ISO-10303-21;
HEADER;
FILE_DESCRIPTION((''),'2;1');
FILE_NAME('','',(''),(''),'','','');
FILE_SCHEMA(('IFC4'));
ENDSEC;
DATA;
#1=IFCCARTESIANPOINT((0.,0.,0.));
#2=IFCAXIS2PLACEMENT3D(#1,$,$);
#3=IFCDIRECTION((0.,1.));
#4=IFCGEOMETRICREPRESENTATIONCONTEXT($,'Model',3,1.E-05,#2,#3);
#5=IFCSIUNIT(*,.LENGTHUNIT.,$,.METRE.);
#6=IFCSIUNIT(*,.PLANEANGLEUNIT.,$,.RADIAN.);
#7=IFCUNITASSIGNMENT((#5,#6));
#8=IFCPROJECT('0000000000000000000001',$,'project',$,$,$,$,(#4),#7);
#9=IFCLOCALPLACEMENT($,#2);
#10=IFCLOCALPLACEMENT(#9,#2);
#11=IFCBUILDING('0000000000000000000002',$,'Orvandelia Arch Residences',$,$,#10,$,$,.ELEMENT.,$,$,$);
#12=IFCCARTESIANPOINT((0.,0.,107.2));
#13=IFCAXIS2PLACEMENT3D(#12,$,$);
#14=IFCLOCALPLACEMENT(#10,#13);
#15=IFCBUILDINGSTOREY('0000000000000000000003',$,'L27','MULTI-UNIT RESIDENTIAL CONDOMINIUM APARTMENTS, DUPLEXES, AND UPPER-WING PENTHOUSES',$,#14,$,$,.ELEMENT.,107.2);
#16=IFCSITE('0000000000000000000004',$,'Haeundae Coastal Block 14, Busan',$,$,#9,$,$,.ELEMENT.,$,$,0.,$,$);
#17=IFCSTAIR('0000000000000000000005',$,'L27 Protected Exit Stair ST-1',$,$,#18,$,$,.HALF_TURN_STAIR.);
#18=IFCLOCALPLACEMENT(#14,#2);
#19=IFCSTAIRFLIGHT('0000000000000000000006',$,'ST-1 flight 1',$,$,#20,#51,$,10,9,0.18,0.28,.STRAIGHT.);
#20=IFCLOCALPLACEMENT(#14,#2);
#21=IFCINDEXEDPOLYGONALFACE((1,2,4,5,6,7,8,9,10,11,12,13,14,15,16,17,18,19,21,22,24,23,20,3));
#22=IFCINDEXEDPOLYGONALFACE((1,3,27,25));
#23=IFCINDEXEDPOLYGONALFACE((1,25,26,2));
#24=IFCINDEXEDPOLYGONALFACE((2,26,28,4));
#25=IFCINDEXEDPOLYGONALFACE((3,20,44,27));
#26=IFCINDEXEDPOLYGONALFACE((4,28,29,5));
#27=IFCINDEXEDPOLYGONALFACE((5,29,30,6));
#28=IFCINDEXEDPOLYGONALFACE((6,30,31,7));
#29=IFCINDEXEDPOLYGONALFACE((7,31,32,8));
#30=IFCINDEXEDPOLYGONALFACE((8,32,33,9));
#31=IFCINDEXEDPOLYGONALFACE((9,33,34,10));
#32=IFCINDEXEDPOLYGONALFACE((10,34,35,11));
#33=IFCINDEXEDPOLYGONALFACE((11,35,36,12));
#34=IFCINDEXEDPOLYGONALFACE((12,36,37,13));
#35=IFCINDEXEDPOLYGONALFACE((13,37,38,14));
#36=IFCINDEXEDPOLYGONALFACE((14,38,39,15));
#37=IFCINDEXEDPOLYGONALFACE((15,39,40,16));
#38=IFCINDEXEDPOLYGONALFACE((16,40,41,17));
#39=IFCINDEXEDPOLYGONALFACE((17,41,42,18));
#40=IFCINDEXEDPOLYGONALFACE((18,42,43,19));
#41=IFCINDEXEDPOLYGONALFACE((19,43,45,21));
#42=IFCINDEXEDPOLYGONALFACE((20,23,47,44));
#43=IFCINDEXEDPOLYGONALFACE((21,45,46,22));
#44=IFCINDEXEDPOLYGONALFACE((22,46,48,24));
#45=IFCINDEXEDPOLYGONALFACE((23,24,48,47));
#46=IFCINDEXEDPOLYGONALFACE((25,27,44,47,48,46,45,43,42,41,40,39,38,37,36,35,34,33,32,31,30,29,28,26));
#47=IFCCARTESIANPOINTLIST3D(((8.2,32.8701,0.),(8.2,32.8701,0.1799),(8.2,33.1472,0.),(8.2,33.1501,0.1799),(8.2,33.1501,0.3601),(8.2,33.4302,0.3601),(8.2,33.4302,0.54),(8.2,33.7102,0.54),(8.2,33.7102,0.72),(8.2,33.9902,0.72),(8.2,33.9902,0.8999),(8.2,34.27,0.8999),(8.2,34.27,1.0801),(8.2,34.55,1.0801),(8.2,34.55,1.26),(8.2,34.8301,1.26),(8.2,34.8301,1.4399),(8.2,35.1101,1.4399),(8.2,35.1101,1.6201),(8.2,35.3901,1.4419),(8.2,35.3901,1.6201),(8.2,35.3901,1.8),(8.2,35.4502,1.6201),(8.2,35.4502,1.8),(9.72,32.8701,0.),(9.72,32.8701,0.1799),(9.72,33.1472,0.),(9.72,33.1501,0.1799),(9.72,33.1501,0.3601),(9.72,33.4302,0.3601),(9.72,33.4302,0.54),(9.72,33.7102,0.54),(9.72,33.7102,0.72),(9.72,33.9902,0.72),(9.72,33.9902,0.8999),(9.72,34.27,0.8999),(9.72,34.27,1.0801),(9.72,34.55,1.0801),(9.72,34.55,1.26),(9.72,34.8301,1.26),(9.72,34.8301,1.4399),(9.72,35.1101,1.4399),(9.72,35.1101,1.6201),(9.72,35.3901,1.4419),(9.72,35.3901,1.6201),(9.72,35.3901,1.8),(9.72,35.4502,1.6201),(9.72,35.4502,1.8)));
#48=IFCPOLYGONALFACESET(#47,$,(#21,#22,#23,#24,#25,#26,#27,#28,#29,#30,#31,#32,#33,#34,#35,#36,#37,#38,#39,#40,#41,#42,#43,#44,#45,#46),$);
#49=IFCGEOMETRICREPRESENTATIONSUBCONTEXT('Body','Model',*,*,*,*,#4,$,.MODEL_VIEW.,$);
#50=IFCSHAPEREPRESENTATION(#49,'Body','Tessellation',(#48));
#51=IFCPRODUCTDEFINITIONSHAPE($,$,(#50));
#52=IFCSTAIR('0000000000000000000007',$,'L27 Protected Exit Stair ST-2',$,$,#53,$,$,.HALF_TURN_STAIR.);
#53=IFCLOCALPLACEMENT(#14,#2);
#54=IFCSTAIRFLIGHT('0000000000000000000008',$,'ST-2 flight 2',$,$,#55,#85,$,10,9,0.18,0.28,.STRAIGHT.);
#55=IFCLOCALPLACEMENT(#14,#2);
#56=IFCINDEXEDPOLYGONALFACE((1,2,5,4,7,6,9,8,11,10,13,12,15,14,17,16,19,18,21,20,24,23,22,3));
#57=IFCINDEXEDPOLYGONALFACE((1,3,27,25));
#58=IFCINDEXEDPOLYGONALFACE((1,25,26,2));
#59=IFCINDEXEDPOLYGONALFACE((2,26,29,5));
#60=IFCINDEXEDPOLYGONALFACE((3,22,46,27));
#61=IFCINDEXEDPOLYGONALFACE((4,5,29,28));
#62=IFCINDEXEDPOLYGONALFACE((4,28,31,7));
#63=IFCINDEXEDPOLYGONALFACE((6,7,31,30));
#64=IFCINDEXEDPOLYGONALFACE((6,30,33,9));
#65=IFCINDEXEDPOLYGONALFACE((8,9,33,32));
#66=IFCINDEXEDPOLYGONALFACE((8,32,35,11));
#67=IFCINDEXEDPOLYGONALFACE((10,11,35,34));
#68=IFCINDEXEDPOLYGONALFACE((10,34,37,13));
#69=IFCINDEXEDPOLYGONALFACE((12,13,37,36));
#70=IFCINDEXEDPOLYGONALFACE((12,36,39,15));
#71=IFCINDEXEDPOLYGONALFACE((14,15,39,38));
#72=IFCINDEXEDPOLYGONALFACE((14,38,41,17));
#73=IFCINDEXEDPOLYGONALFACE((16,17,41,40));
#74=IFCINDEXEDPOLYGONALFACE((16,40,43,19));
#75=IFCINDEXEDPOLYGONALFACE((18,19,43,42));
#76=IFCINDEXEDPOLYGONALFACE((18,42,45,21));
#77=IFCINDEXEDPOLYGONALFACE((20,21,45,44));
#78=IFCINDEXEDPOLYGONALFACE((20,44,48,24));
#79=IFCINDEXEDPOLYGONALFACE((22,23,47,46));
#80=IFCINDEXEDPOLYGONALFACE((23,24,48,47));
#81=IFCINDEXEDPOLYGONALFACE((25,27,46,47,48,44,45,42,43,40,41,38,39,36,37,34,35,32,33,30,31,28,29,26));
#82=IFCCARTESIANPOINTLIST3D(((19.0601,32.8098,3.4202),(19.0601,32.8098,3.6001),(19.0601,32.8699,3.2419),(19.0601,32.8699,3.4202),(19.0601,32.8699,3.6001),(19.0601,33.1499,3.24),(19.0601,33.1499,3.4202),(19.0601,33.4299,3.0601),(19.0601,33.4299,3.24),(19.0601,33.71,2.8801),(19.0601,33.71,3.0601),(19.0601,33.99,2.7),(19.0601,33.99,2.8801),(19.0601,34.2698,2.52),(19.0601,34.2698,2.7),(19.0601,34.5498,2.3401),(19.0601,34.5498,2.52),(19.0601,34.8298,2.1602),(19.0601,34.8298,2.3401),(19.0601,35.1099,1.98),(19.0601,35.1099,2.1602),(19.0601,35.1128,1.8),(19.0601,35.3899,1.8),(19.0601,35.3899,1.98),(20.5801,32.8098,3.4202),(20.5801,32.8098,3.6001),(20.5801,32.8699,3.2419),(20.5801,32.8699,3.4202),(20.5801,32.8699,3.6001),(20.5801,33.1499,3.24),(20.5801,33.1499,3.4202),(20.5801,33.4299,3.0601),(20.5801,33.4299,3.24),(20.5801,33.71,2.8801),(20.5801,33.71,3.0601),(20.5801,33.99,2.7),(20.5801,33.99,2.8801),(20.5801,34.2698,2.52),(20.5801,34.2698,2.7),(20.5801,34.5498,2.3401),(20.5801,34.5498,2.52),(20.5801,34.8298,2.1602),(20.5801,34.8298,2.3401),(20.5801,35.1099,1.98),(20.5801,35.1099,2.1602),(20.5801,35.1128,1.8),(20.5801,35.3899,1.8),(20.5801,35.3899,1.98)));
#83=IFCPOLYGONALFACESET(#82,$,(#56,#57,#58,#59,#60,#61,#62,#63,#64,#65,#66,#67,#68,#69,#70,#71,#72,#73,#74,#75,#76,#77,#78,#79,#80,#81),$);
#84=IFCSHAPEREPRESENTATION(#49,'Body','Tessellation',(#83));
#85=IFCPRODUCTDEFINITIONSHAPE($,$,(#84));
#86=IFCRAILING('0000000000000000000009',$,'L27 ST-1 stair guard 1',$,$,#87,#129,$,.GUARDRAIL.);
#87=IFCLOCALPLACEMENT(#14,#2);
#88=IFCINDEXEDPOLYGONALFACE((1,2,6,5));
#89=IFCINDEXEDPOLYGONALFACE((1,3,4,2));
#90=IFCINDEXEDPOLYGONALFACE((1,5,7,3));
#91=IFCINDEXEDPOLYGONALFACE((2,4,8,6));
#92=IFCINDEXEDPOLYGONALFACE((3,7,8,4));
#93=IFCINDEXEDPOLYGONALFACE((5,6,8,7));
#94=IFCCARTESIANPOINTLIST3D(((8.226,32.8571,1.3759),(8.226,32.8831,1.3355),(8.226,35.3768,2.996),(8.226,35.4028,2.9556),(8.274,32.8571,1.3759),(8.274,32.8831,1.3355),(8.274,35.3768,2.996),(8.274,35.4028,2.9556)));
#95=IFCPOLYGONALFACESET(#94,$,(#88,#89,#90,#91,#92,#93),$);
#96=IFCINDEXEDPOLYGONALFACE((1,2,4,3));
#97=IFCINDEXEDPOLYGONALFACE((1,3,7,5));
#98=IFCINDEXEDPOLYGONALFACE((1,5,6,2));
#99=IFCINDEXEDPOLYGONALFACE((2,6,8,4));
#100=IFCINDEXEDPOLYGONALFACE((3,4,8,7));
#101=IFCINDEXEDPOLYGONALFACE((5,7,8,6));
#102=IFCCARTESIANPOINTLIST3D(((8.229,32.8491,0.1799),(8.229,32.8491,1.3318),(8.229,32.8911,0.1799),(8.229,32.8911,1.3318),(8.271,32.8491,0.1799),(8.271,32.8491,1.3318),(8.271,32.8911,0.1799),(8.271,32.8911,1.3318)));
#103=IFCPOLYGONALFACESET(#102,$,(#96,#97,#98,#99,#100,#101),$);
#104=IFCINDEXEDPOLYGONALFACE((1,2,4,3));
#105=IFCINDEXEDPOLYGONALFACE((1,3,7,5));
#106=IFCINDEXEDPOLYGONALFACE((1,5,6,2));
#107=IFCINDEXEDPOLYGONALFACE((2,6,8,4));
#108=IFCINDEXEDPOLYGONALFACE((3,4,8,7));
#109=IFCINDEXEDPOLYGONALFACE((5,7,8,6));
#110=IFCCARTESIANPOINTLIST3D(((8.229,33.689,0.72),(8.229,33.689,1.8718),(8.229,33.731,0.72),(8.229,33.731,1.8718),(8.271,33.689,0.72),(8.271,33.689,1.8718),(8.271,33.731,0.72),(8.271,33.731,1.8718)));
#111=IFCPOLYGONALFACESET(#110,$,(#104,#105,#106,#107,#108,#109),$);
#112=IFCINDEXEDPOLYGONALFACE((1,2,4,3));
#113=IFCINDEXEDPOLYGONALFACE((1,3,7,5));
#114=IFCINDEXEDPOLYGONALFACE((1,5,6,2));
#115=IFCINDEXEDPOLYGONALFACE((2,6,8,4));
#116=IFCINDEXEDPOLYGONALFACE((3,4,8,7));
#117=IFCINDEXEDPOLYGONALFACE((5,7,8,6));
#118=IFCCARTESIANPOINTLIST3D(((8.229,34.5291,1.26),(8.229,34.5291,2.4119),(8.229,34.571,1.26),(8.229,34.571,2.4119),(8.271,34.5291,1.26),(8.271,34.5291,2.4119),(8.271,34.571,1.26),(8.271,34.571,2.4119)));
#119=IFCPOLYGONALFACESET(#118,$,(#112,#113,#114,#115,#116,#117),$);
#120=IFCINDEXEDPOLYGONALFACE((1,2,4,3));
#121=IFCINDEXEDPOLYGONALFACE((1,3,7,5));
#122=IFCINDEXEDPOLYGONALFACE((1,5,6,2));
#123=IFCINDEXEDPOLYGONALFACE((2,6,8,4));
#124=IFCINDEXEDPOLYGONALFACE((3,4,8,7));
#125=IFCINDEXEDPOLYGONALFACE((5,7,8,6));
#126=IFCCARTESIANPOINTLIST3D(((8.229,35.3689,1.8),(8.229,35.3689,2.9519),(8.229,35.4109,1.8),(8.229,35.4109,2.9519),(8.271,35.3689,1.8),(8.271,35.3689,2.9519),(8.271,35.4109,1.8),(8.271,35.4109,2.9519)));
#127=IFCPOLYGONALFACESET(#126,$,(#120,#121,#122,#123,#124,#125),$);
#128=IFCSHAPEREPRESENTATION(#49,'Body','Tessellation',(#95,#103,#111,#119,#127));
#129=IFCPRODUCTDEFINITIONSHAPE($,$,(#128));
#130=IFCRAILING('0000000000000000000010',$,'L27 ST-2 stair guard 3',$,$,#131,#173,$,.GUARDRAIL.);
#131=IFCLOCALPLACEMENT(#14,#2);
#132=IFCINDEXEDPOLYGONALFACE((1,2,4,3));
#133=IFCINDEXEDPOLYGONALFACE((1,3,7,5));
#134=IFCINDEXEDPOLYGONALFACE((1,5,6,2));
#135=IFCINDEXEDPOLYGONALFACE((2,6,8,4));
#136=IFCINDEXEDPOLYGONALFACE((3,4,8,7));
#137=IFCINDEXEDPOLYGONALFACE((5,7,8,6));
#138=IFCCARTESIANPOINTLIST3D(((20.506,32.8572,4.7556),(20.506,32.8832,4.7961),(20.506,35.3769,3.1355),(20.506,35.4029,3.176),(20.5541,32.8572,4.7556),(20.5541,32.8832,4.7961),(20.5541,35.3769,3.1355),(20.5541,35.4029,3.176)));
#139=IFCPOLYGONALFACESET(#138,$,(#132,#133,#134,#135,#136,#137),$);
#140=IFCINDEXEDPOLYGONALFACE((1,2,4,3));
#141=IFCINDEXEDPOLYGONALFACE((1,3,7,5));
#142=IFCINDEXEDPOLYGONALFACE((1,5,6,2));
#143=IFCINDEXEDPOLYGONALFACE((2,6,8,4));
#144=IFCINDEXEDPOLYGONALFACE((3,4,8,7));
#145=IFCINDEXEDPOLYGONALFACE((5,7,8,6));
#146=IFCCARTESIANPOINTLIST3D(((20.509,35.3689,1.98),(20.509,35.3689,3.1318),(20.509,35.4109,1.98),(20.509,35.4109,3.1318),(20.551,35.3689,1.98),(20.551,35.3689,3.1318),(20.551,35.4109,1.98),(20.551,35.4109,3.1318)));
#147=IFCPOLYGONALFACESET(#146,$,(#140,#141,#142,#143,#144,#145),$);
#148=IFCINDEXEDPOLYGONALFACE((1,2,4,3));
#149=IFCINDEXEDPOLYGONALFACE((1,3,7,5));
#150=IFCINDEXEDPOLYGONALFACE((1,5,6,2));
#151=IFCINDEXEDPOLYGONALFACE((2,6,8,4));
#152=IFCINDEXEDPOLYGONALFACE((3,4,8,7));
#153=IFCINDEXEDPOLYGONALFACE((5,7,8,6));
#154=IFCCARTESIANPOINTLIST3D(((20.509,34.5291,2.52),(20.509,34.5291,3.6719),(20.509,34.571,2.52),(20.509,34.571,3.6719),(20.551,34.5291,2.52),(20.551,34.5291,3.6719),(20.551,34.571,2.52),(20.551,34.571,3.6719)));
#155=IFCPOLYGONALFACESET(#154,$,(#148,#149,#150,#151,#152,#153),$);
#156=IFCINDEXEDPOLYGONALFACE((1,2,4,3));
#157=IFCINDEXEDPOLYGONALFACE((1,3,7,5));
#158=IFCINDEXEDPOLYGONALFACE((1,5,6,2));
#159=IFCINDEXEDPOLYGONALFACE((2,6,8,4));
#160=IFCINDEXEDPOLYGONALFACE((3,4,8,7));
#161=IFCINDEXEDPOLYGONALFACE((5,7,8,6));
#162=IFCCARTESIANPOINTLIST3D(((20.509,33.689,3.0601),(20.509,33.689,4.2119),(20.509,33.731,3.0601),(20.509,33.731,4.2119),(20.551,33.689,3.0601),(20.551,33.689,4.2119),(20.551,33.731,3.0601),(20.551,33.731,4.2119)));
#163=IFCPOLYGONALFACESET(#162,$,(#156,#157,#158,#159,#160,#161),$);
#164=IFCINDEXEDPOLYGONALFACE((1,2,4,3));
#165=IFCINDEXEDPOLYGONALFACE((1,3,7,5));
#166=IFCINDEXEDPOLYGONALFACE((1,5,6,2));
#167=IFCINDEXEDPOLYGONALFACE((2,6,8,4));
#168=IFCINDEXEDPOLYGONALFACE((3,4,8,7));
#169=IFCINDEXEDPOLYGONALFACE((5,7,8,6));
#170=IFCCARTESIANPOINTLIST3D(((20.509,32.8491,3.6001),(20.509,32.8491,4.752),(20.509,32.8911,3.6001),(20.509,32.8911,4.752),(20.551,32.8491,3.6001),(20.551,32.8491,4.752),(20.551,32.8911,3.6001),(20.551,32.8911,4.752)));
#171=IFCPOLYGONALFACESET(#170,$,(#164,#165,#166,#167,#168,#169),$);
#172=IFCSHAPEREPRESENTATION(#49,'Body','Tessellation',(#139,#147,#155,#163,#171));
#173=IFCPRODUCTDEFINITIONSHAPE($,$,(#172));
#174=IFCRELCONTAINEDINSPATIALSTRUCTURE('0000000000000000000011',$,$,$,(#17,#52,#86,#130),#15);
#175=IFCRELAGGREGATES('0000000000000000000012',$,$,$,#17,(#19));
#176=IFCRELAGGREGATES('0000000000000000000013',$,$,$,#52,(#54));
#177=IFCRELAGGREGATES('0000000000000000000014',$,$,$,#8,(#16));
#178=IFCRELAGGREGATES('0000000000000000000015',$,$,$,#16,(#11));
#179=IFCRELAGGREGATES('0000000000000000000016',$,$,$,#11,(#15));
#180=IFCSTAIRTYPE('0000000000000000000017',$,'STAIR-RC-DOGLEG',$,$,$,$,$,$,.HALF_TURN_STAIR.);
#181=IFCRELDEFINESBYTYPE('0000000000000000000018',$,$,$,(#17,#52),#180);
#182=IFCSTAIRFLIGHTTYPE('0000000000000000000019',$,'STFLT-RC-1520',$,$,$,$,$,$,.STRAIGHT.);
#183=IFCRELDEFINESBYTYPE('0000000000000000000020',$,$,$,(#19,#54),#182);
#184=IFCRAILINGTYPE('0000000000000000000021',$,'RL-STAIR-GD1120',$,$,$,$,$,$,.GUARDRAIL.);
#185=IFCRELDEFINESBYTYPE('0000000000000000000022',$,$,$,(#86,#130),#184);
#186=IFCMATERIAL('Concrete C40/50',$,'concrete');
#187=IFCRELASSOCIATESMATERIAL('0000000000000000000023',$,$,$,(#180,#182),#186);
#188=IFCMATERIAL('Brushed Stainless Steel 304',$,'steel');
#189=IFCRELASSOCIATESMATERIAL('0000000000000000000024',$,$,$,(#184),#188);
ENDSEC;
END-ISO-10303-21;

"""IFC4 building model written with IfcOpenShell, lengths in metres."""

from ifc_helpers import new_model, si_unit, direction, frame, origin, origin_2d, place, context, subcontext, project, spatial, polyline, rectangle, outline, extrude, material, type_object, element, aggregate, save


model = new_model("IFC4")

# Units and contexts
model_context = context("Model", 3, precision=1e-05, world=origin(), true_north=direction((0.0, 1.0)))
body_context = subcontext(model_context, "Body", "Model", "MODEL_VIEW")
ifc_project = project(units=[si_unit("LENGTHUNIT", "METRE"), si_unit("PLANEANGLEUNIT", "RADIAN")], contexts=[model_context])

# Site, building, storey
site_placement = place(None, origin())
site = spatial("IfcSite", under=ifc_project, at=site_placement, Name="Haeundae Coastal Block 14, Busan", CompositionType="ELEMENT", RefElevation=0.0)
building_placement = place(site_placement, origin())
building = spatial("IfcBuilding", under=site, at=building_placement, Name="Orvandelia Arch Residences", CompositionType="ELEMENT")
storey_placement = place(building_placement, frame((0.0, 0.0, 107.2)))
storey = spatial("IfcBuildingStorey", under=building, at=storey_placement, Name="L27", Description="MULTI-UNIT RESIDENTIAL CONDOMINIUM APARTMENTS, DUPLEXES, AND UPPER-WING PENTHOUSES", CompositionType="ELEMENT", Elevation=107.2)

# Stairs, stair flights
ifc_material_1 = material(Name="Concrete C40/50", Category="concrete")
stair_type = type_object("IfcStairType", Name="STAIR-RC-DOGLEG", PredefinedType="HALF_TURN_STAIR", material=ifc_material_1)
stair_1_placement = place(storey_placement, origin())
stair_1 = element("IfcStair", 1, at=stair_1_placement, inside=storey, type_object=stair_type, Name="L27 Protected Exit Stair ST-1", PredefinedType="HALF_TURN_STAIR")
stair_flight_type = type_object("IfcStairFlightType", Name="STFLT-RC-1520", PredefinedType="STRAIGHT", material=ifc_material_1)
stair_flight_1_placement = place(storey_placement, frame((8.96, 32.8701, 0.0), z_axis=(0.0, 0.0, 1.0), x_axis=(0.0, 1.0, 0.0)))
stair_flight_1 = element("IfcStairFlight", 2, at=stair_flight_1_placement, type_object=stair_flight_type, Name="ST-1 flight 1", NumberOfRisers=10, NumberOfTreads=9, PredefinedType="STRAIGHT", RiserHeight=0.18, TreadLength=0.28, context=body_context, shape_type="SweptSolid", body=[
    extrude(outline(polyline([(0.0, 0.0), (0.0, 0.1799), (0.28, 0.1799), (0.28, 0.3601), (0.5601, 0.3601), (0.5601, 0.54), (0.8401, 0.54), (0.8401, 0.72), (1.1201, 0.72), (1.1201, 0.8999), (1.3999, 0.8999), (1.3999, 1.0801), (1.6799, 1.0801), (1.6799, 1.26), (1.96, 1.26), (1.96, 1.4399), (2.24, 1.4399), (2.24, 1.6201), (2.52, 1.6201), (2.52, 1.8), (2.5801, 1.8), (2.5801, 1.6201), (2.52, 1.4419), (0.2771, 0.0), (0.0, 0.0)])), frame((0.0, 0.76, 0.0), z_axis=(0.0, -1.0, 0.0), x_axis=(1.0, 0.0, 0.0)), (0.0, 0.0, 1.0), 1.52),
])
aggregate(stair_1, [stair_flight_1])
stair_2_placement = place(storey_placement, origin())
stair_2 = element("IfcStair", 3, at=stair_2_placement, inside=storey, type_object=stair_type, Name="L27 Protected Exit Stair ST-2", PredefinedType="HALF_TURN_STAIR")
stair_flight_2_placement = place(storey_placement, frame((19.8201, 35.3899, 1.8), z_axis=(0.0, 0.0, 1.0), x_axis=(0.0, -1.0, 0.0)))
stair_flight_2 = element("IfcStairFlight", 4, at=stair_flight_2_placement, type_object=stair_flight_type, Name="ST-2 flight 2", NumberOfRisers=10, NumberOfTreads=9, PredefinedType="STRAIGHT", RiserHeight=0.18, TreadLength=0.28, context=body_context, shape_type="SweptSolid", body=[
    extrude(outline(polyline([(0.0, 0.0), (0.0, 0.1799), (0.28, 0.1799), (0.28, 0.3601), (0.5601, 0.3601), (0.5601, 0.54), (0.8401, 0.54), (0.8401, 0.72), (1.1201, 0.72), (1.1201, 0.8999), (1.3999, 0.8999), (1.3999, 1.0801), (1.6799, 1.0801), (1.6799, 1.26), (1.96, 1.26), (1.96, 1.4399), (2.24, 1.4399), (2.24, 1.6201), (2.52, 1.6201), (2.52, 1.8), (2.5801, 1.8), (2.5801, 1.6201), (2.52, 1.4419), (0.2771, 0.0), (0.0, 0.0)])), frame((0.0, 0.76, 0.0), z_axis=(0.0, -1.0, 0.0), x_axis=(1.0, 0.0, 0.0)), (0.0, 0.0, 1.0), 1.52),
])
aggregate(stair_2, [stair_flight_2])

# Railings
ifc_material_2 = material(Name="Brushed Stainless Steel 304", Category="steel")
railing_type_1 = type_object("IfcRailingType", Name="RL-STAIR-GD1120", PredefinedType="GUARDRAIL", material=ifc_material_2)
railing_1_placement = place(storey_placement, frame((8.25, 32.8701, 0.1799)))
element("IfcRailing", 5, at=railing_1_placement, inside=storey, type_object=railing_type_1, Name="L27 ST-1 stair guard 1", PredefinedType="GUARDRAIL", context=body_context, shape_type="SweptSolid", body=[
    extrude(rectangle(XDim=0.0481, YDim=0.0481, at=origin_2d()), frame((0.0, 0.0, 1.1758), z_axis=(0.0, 0.841139, 0.540819), x_axis=(-1.0, 0.0, 0.0)), (0.0, 0.0, 1.0), 2.9956),
    extrude(rectangle(XDim=0.042, YDim=0.042, at=origin_2d()), origin(), (0.0, 0.0, 1.0), 1.1519),
    extrude(rectangle(XDim=0.042, YDim=0.042, at=origin_2d()), frame((0.0, 0.8398, 0.54)), (0.0, 0.0, 1.0), 1.1519),
    extrude(rectangle(XDim=0.042, YDim=0.042, at=origin_2d()), frame((0.0, 1.6799, 1.0801)), (0.0, 0.0, 1.0), 1.1519),
    extrude(rectangle(XDim=0.042, YDim=0.042, at=origin_2d()), frame((0.0, 2.5198, 1.6201)), (0.0, 0.0, 1.0), 1.1519),
])
railing_2_placement = place(storey_placement, frame((20.53, 35.3899, 1.98)))
element("IfcRailing", 6, at=railing_2_placement, inside=storey, type_object=railing_type_1, Name="L27 ST-2 stair guard 3", PredefinedType="GUARDRAIL", context=body_context, shape_type="SweptSolid", body=[
    extrude(rectangle(XDim=0.0481, YDim=0.0481, at=origin_2d()), frame((0.0, 0.0, 1.1758), z_axis=(0.0, -0.841139, 0.540819), x_axis=(1.0, 0.0, 0.0)), (0.0, 0.0, 1.0), 2.9956),
    extrude(rectangle(XDim=0.042, YDim=0.042, at=origin_2d()), origin(), (0.0, 0.0, 1.0), 1.1519),
    extrude(rectangle(XDim=0.042, YDim=0.042, at=origin_2d()), frame((0.0, -0.8398, 0.54)), (0.0, 0.0, 1.0), 1.1519),
    extrude(rectangle(XDim=0.042, YDim=0.042, at=origin_2d()), frame((0.0, -1.6799, 1.0801)), (0.0, 0.0, 1.0), 1.1519),
    extrude(rectangle(XDim=0.042, YDim=0.042, at=origin_2d()), frame((0.0, -2.5198, 1.6201)), (0.0, 0.0, 1.0), 1.1519),
])

save(model, "model.ifc")
